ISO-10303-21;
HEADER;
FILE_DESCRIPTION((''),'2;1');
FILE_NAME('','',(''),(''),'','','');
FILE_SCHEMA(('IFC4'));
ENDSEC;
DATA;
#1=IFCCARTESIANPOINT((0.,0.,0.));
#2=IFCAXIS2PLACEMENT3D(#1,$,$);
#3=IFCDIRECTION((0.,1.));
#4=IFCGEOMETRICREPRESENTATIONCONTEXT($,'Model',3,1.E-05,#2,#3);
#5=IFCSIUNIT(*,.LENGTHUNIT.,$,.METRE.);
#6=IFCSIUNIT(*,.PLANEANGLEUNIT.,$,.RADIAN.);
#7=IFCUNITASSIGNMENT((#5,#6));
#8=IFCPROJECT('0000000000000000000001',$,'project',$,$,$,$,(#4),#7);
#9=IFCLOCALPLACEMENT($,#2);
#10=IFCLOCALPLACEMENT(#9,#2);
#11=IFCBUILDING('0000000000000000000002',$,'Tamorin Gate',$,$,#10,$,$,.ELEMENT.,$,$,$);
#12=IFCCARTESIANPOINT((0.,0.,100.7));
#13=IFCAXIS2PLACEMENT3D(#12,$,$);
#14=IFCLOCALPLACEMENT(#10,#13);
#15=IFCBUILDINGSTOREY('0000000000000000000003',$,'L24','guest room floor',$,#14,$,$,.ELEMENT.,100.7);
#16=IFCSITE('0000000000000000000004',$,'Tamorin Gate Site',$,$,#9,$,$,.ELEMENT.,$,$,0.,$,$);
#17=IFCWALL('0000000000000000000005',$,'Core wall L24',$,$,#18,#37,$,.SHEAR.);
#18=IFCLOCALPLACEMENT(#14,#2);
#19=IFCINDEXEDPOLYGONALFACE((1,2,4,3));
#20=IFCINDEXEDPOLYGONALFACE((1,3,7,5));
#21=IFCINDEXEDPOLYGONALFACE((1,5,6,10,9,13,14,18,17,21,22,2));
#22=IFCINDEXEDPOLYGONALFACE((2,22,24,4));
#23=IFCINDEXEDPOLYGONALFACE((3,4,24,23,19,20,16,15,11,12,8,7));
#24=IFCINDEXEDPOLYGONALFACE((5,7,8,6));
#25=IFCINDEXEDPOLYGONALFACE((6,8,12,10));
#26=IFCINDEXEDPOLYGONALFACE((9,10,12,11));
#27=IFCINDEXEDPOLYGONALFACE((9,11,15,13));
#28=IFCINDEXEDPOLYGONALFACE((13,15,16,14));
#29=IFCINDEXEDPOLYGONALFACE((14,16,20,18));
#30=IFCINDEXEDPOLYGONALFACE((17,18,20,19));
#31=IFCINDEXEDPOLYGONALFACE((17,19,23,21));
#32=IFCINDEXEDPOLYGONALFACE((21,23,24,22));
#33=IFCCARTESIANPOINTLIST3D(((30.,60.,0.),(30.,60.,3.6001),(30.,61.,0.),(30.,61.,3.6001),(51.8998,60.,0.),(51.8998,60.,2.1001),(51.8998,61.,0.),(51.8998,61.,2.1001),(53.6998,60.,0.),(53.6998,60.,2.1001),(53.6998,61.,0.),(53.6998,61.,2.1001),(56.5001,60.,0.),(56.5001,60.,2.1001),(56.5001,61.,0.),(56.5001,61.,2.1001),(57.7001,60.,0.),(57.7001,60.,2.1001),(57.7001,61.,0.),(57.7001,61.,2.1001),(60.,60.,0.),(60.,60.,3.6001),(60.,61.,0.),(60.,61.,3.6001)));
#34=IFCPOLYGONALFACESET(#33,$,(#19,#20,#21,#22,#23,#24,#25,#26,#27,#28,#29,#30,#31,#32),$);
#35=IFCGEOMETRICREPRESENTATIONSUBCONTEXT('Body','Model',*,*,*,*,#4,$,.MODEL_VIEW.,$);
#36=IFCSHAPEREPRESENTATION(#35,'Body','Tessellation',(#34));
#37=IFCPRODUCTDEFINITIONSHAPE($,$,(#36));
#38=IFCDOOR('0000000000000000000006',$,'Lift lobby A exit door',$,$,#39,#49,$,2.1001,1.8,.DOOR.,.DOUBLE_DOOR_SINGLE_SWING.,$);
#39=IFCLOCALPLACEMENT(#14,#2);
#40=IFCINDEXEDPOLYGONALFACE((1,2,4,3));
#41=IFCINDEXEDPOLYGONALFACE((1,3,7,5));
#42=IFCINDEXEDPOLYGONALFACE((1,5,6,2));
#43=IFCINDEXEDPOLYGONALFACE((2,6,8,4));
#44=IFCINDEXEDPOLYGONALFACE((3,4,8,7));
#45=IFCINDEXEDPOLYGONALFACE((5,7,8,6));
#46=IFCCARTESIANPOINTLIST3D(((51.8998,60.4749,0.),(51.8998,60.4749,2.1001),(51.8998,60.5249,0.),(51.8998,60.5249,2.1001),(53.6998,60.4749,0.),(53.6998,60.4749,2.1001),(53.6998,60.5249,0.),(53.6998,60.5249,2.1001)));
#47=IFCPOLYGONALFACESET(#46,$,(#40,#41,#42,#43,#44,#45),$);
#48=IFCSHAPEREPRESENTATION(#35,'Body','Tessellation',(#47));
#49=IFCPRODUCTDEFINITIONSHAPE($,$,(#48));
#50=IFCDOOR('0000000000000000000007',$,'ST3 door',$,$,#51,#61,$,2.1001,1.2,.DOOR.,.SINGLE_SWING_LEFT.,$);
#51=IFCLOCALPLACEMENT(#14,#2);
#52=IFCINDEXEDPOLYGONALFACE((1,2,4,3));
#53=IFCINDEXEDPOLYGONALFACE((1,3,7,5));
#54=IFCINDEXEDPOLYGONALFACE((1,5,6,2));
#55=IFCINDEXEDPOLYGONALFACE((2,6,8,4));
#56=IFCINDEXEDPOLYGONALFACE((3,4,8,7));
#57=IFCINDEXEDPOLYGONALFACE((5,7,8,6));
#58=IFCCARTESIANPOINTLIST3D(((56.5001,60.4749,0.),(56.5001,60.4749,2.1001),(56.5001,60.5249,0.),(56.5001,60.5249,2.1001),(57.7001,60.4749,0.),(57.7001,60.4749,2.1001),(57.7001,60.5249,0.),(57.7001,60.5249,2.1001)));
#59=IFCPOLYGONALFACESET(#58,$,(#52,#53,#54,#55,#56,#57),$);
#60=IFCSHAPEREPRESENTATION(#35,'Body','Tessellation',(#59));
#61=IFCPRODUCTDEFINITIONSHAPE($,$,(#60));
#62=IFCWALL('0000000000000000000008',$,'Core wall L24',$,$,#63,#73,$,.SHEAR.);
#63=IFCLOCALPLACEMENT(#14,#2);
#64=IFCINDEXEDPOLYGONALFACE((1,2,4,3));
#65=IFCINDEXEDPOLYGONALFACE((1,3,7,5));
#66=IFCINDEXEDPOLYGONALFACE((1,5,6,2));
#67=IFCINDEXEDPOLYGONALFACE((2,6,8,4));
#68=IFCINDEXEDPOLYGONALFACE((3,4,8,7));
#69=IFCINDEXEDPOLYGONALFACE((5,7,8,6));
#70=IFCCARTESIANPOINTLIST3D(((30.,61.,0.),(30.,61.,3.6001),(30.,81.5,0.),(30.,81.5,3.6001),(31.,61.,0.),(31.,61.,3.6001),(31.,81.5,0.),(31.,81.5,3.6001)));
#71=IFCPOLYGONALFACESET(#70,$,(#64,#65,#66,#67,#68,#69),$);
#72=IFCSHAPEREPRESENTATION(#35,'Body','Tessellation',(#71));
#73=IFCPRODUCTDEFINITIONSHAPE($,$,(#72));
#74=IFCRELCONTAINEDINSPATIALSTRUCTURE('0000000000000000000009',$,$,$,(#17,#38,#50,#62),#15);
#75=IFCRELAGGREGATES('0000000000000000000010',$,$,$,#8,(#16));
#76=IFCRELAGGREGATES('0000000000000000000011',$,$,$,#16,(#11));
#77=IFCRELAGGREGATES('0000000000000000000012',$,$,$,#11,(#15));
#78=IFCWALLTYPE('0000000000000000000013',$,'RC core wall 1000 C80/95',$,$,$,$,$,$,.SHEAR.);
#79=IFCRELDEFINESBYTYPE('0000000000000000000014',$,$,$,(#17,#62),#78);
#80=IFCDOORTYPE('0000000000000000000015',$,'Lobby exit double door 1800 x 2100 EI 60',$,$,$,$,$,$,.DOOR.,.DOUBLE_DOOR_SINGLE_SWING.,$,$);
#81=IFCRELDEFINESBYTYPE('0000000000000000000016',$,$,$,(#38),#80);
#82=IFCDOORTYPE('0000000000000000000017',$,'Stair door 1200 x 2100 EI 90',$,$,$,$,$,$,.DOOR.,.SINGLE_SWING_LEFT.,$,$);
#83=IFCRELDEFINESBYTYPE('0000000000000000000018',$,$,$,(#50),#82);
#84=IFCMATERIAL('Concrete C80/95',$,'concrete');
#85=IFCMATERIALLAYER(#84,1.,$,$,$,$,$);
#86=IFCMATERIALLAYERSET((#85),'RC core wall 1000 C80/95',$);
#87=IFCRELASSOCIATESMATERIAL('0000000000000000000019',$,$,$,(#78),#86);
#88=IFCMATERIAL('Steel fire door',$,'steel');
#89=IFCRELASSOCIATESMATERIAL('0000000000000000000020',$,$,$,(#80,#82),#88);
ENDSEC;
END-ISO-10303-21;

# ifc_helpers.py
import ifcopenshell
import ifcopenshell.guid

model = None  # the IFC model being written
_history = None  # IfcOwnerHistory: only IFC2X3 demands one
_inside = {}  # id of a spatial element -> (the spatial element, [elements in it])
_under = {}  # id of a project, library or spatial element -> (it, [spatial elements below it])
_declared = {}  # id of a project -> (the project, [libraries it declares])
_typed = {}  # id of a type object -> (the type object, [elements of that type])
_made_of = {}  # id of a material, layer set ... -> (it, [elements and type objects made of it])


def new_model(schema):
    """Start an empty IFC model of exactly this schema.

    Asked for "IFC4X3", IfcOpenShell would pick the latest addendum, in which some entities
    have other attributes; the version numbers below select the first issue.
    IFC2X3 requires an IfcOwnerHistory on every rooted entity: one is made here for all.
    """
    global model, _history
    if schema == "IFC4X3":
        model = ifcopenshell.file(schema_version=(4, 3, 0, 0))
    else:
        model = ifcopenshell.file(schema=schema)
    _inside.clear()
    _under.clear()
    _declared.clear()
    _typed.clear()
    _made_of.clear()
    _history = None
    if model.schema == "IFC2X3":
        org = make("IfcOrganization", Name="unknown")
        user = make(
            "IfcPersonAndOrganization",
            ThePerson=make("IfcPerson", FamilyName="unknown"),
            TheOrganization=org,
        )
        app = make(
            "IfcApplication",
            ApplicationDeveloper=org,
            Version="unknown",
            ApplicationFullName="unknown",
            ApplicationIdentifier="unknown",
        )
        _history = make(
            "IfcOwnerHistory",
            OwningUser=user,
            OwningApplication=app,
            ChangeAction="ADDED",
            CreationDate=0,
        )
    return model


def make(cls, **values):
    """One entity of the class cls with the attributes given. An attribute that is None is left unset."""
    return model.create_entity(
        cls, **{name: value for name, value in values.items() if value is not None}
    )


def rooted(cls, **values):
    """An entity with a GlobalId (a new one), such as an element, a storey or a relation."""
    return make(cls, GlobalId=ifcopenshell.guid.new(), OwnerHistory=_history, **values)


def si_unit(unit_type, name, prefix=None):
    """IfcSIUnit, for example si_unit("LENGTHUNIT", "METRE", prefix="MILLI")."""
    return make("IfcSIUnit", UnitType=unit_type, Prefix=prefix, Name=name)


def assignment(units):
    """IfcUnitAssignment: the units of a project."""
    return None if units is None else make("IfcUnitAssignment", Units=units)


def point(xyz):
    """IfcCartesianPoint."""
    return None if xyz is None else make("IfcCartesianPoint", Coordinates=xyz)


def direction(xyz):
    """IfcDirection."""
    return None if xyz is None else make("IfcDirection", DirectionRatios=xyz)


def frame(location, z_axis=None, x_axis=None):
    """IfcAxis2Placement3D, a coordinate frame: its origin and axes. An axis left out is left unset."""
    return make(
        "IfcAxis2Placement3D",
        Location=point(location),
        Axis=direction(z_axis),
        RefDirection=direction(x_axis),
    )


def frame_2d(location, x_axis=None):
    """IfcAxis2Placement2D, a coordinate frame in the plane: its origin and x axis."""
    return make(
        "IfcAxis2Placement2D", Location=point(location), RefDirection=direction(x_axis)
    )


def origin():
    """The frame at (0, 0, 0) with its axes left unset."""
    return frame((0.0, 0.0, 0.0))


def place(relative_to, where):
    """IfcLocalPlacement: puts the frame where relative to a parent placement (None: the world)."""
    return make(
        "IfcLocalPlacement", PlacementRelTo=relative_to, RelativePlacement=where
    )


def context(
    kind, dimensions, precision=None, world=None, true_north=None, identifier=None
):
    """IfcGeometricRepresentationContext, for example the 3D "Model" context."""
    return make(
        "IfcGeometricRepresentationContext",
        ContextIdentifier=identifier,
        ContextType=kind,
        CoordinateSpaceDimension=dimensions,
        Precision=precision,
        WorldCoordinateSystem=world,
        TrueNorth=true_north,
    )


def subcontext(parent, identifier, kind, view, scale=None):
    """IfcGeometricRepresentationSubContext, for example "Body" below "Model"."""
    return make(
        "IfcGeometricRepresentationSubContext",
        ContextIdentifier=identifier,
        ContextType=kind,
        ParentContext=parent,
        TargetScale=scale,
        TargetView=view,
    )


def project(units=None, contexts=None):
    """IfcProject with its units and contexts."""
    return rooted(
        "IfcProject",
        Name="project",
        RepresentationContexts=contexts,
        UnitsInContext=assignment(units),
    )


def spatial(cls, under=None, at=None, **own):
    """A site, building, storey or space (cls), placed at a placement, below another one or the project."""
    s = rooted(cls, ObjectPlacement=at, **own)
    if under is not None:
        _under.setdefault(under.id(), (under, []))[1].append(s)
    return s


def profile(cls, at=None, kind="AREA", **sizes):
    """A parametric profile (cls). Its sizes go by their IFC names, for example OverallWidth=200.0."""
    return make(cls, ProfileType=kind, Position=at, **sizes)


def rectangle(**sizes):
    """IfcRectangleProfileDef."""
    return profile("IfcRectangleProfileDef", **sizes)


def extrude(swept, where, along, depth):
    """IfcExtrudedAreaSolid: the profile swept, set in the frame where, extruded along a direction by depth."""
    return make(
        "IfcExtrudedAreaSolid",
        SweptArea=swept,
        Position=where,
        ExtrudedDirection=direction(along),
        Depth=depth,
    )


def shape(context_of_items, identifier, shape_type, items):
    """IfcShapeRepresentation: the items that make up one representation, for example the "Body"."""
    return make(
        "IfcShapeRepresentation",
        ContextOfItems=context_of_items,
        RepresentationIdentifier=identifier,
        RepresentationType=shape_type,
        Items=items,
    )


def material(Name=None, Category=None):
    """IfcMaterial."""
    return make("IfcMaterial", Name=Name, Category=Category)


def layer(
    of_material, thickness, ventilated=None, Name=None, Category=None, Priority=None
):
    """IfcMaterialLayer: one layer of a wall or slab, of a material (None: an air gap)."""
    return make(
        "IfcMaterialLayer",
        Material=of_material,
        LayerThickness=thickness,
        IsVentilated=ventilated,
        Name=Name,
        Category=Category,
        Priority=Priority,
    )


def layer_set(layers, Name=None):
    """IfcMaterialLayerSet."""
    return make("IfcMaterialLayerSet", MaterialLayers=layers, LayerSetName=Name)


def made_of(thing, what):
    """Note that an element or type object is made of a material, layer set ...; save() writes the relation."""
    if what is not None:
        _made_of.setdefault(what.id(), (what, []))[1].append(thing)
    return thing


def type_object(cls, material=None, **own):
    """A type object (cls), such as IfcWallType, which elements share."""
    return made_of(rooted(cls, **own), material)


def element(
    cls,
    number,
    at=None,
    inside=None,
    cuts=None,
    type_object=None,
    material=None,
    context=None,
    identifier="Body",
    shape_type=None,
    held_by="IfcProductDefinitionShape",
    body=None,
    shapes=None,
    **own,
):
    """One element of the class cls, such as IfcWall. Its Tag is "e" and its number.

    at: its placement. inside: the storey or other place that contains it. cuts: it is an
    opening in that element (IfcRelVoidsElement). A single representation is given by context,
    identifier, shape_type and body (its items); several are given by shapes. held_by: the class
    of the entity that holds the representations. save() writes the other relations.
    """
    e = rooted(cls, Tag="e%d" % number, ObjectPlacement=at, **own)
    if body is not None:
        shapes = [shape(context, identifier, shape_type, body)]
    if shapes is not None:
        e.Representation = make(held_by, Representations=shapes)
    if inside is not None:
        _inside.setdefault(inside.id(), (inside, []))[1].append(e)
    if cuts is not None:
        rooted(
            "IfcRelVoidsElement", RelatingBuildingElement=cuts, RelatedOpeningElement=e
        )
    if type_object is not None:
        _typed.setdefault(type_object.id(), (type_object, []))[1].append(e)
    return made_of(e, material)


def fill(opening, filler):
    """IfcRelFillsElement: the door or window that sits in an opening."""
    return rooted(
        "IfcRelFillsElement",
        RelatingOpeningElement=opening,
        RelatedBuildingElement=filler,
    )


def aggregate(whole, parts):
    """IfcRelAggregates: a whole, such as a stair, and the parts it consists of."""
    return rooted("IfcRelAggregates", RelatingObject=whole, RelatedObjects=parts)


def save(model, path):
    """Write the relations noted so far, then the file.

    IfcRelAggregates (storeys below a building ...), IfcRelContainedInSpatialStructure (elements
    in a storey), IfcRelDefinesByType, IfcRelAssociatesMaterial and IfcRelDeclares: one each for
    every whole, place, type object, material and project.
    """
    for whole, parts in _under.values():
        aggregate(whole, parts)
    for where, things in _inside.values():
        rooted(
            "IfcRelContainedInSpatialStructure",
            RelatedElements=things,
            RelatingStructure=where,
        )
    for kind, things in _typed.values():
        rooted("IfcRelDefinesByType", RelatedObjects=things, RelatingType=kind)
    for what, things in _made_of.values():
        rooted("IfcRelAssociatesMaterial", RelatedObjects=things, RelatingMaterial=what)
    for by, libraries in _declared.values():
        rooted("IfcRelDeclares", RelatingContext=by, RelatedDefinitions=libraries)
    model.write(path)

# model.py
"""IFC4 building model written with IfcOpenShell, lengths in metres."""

from ifc_helpers import new_model, si_unit, direction, frame, frame_2d, origin, place, context, subcontext, project, spatial, rectangle, extrude, material, layer, layer_set, type_object, element, fill, save


model = new_model("IFC4")

# Units and contexts
model_context = context("Model", 3, precision=1e-05, world=origin(), true_north=direction((0.0, 1.0)))
body_context = subcontext(model_context, "Body", "Model", "MODEL_VIEW")
ifc_project = project(units=[si_unit("LENGTHUNIT", "METRE"), si_unit("PLANEANGLEUNIT", "RADIAN")], contexts=[model_context])

# Site, building, storey
site_placement = place(None, origin())
site = spatial("IfcSite", under=ifc_project, at=site_placement, Name="Tamorin Gate Site", CompositionType="ELEMENT", RefElevation=0.0)
building_placement = place(site_placement, origin())
building = spatial("IfcBuilding", under=site, at=building_placement, Name="Tamorin Gate", CompositionType="ELEMENT")
storey_placement = place(building_placement, frame((0.0, 0.0, 100.7)))
storey = spatial("IfcBuildingStorey", under=building, at=storey_placement, Name="L24", Description="guest room floor", CompositionType="ELEMENT", Elevation=100.7)

# Shared definitions
ifc_material_1 = material(Name="Concrete C80/95", Category="concrete")

# Wall, openings, doors
ifc_layer_1 = layer(ifc_material_1, 1.0)
ifc_layer_set_1 = layer_set([ifc_layer_1], Name="RC core wall 1000 C80/95")
wall_type_1 = type_object("IfcWallType", Name="RC core wall 1000 C80/95", PredefinedType="SHEAR", material=ifc_layer_set_1)
wall_1_placement = place(storey_placement, frame((30.0, 60.5, 0.0), z_axis=(0.0, 0.0, 1.0), x_axis=(1.0, 0.0, 0.0)))
wall_1 = element("IfcWall", 1, at=wall_1_placement, inside=storey, type_object=wall_type_1, Name="Core wall L24", PredefinedType="SHEAR", context=body_context, shape_type="SweptSolid", body=[
    extrude(rectangle(XDim=30.0, YDim=1.0, at=frame_2d((15.0, 0.0))), origin(), (0.0, 0.0, 1.0), 3.6001),
])
opening_1_placement = place(wall_1_placement, frame((21.8999, 0.0, 0.0)))
opening_1 = element("IfcOpeningElement", 2, at=opening_1_placement, cuts=wall_1, PredefinedType="OPENING", context=body_context, shape_type="SweptSolid", body=[
    extrude(rectangle(XDim=1.8, YDim=2.1001, at=frame_2d((0.8999, 1.05))), frame((0.0, 0.51, 0.0), z_axis=(0.0, -1.0, 0.0), x_axis=(1.0, 0.0, 0.0)), (0.0, 0.0, 1.0), 1.02),
])
opening_2_placement = place(wall_1_placement, frame((26.5, 0.0, 0.0)))
opening_2 = element("IfcOpeningElement", 3, at=opening_2_placement, cuts=wall_1, PredefinedType="OPENING", context=body_context, shape_type="SweptSolid", body=[
    extrude(rectangle(XDim=1.2, YDim=2.1001, at=frame_2d((0.6001, 1.05))), frame((0.0, 0.51, 0.0), z_axis=(0.0, -1.0, 0.0), x_axis=(1.0, 0.0, 0.0)), (0.0, 0.0, 1.0), 1.02),
])
ifc_material_2 = material(Name="Steel fire door", Category="steel")
door_type_1 = type_object("IfcDoorType", Name="Lobby exit double door 1800 x 2100 EI 60", OperationType="DOUBLE_DOOR_SINGLE_SWING", PredefinedType="DOOR", material=ifc_material_2)
door_1_placement = place(opening_1_placement, origin())
door_1 = element("IfcDoor", 4, at=door_1_placement, inside=storey, type_object=door_type_1, Name="Lift lobby A exit door", OperationType="DOUBLE_DOOR_SINGLE_SWING", OverallHeight=2.1001, OverallWidth=1.8, PredefinedType="DOOR", context=body_context, shape_type="SweptSolid", body=[
    extrude(rectangle(XDim=1.8, YDim=2.1001, at=frame_2d((0.8999, 1.05))), frame((0.0, 0.0249, 0.0), z_axis=(0.0, -1.0, 0.0), x_axis=(1.0, 0.0, 0.0)), (0.0, 0.0, 1.0), 0.05),
])
fill(opening_1, door_1)
door_type_2 = type_object("IfcDoorType", Name="Stair door 1200 x 2100 EI 90", OperationType="SINGLE_SWING_LEFT", PredefinedType="DOOR", material=ifc_material_2)
door_2_placement = place(opening_2_placement, origin())
door_2 = element("IfcDoor", 5, at=door_2_placement, inside=storey, type_object=door_type_2, Name="ST3 door", OperationType="SINGLE_SWING_LEFT", OverallHeight=2.1001, OverallWidth=1.2, PredefinedType="DOOR", context=body_context, shape_type="SweptSolid", body=[
    extrude(rectangle(XDim=1.2, YDim=2.1001, at=frame_2d((0.6001, 1.05))), frame((0.0, 0.0249, 0.0), z_axis=(0.0, -1.0, 0.0), x_axis=(1.0, 0.0, 0.0)), (0.0, 0.0, 1.0), 0.05),
])
fill(opening_2, door_2)

# Wall
wall_2_placement = place(storey_placement, frame((30.5, 61.0, 0.0), z_axis=(0.0, 0.0, 1.0), x_axis=(0.0, 1.0, 0.0)))
element("IfcWall", 6, at=wall_2_placement, inside=storey, type_object=wall_type_1, Name="Core wall L24", PredefinedType="SHEAR", context=body_context, shape_type="SweptSolid", body=[
    extrude(rectangle(XDim=20.5, YDim=1.0, at=frame_2d((10.25, 0.0))), origin(), (0.0, 0.0, 1.0), 3.6001),
])

save(model, "model.ifc")
